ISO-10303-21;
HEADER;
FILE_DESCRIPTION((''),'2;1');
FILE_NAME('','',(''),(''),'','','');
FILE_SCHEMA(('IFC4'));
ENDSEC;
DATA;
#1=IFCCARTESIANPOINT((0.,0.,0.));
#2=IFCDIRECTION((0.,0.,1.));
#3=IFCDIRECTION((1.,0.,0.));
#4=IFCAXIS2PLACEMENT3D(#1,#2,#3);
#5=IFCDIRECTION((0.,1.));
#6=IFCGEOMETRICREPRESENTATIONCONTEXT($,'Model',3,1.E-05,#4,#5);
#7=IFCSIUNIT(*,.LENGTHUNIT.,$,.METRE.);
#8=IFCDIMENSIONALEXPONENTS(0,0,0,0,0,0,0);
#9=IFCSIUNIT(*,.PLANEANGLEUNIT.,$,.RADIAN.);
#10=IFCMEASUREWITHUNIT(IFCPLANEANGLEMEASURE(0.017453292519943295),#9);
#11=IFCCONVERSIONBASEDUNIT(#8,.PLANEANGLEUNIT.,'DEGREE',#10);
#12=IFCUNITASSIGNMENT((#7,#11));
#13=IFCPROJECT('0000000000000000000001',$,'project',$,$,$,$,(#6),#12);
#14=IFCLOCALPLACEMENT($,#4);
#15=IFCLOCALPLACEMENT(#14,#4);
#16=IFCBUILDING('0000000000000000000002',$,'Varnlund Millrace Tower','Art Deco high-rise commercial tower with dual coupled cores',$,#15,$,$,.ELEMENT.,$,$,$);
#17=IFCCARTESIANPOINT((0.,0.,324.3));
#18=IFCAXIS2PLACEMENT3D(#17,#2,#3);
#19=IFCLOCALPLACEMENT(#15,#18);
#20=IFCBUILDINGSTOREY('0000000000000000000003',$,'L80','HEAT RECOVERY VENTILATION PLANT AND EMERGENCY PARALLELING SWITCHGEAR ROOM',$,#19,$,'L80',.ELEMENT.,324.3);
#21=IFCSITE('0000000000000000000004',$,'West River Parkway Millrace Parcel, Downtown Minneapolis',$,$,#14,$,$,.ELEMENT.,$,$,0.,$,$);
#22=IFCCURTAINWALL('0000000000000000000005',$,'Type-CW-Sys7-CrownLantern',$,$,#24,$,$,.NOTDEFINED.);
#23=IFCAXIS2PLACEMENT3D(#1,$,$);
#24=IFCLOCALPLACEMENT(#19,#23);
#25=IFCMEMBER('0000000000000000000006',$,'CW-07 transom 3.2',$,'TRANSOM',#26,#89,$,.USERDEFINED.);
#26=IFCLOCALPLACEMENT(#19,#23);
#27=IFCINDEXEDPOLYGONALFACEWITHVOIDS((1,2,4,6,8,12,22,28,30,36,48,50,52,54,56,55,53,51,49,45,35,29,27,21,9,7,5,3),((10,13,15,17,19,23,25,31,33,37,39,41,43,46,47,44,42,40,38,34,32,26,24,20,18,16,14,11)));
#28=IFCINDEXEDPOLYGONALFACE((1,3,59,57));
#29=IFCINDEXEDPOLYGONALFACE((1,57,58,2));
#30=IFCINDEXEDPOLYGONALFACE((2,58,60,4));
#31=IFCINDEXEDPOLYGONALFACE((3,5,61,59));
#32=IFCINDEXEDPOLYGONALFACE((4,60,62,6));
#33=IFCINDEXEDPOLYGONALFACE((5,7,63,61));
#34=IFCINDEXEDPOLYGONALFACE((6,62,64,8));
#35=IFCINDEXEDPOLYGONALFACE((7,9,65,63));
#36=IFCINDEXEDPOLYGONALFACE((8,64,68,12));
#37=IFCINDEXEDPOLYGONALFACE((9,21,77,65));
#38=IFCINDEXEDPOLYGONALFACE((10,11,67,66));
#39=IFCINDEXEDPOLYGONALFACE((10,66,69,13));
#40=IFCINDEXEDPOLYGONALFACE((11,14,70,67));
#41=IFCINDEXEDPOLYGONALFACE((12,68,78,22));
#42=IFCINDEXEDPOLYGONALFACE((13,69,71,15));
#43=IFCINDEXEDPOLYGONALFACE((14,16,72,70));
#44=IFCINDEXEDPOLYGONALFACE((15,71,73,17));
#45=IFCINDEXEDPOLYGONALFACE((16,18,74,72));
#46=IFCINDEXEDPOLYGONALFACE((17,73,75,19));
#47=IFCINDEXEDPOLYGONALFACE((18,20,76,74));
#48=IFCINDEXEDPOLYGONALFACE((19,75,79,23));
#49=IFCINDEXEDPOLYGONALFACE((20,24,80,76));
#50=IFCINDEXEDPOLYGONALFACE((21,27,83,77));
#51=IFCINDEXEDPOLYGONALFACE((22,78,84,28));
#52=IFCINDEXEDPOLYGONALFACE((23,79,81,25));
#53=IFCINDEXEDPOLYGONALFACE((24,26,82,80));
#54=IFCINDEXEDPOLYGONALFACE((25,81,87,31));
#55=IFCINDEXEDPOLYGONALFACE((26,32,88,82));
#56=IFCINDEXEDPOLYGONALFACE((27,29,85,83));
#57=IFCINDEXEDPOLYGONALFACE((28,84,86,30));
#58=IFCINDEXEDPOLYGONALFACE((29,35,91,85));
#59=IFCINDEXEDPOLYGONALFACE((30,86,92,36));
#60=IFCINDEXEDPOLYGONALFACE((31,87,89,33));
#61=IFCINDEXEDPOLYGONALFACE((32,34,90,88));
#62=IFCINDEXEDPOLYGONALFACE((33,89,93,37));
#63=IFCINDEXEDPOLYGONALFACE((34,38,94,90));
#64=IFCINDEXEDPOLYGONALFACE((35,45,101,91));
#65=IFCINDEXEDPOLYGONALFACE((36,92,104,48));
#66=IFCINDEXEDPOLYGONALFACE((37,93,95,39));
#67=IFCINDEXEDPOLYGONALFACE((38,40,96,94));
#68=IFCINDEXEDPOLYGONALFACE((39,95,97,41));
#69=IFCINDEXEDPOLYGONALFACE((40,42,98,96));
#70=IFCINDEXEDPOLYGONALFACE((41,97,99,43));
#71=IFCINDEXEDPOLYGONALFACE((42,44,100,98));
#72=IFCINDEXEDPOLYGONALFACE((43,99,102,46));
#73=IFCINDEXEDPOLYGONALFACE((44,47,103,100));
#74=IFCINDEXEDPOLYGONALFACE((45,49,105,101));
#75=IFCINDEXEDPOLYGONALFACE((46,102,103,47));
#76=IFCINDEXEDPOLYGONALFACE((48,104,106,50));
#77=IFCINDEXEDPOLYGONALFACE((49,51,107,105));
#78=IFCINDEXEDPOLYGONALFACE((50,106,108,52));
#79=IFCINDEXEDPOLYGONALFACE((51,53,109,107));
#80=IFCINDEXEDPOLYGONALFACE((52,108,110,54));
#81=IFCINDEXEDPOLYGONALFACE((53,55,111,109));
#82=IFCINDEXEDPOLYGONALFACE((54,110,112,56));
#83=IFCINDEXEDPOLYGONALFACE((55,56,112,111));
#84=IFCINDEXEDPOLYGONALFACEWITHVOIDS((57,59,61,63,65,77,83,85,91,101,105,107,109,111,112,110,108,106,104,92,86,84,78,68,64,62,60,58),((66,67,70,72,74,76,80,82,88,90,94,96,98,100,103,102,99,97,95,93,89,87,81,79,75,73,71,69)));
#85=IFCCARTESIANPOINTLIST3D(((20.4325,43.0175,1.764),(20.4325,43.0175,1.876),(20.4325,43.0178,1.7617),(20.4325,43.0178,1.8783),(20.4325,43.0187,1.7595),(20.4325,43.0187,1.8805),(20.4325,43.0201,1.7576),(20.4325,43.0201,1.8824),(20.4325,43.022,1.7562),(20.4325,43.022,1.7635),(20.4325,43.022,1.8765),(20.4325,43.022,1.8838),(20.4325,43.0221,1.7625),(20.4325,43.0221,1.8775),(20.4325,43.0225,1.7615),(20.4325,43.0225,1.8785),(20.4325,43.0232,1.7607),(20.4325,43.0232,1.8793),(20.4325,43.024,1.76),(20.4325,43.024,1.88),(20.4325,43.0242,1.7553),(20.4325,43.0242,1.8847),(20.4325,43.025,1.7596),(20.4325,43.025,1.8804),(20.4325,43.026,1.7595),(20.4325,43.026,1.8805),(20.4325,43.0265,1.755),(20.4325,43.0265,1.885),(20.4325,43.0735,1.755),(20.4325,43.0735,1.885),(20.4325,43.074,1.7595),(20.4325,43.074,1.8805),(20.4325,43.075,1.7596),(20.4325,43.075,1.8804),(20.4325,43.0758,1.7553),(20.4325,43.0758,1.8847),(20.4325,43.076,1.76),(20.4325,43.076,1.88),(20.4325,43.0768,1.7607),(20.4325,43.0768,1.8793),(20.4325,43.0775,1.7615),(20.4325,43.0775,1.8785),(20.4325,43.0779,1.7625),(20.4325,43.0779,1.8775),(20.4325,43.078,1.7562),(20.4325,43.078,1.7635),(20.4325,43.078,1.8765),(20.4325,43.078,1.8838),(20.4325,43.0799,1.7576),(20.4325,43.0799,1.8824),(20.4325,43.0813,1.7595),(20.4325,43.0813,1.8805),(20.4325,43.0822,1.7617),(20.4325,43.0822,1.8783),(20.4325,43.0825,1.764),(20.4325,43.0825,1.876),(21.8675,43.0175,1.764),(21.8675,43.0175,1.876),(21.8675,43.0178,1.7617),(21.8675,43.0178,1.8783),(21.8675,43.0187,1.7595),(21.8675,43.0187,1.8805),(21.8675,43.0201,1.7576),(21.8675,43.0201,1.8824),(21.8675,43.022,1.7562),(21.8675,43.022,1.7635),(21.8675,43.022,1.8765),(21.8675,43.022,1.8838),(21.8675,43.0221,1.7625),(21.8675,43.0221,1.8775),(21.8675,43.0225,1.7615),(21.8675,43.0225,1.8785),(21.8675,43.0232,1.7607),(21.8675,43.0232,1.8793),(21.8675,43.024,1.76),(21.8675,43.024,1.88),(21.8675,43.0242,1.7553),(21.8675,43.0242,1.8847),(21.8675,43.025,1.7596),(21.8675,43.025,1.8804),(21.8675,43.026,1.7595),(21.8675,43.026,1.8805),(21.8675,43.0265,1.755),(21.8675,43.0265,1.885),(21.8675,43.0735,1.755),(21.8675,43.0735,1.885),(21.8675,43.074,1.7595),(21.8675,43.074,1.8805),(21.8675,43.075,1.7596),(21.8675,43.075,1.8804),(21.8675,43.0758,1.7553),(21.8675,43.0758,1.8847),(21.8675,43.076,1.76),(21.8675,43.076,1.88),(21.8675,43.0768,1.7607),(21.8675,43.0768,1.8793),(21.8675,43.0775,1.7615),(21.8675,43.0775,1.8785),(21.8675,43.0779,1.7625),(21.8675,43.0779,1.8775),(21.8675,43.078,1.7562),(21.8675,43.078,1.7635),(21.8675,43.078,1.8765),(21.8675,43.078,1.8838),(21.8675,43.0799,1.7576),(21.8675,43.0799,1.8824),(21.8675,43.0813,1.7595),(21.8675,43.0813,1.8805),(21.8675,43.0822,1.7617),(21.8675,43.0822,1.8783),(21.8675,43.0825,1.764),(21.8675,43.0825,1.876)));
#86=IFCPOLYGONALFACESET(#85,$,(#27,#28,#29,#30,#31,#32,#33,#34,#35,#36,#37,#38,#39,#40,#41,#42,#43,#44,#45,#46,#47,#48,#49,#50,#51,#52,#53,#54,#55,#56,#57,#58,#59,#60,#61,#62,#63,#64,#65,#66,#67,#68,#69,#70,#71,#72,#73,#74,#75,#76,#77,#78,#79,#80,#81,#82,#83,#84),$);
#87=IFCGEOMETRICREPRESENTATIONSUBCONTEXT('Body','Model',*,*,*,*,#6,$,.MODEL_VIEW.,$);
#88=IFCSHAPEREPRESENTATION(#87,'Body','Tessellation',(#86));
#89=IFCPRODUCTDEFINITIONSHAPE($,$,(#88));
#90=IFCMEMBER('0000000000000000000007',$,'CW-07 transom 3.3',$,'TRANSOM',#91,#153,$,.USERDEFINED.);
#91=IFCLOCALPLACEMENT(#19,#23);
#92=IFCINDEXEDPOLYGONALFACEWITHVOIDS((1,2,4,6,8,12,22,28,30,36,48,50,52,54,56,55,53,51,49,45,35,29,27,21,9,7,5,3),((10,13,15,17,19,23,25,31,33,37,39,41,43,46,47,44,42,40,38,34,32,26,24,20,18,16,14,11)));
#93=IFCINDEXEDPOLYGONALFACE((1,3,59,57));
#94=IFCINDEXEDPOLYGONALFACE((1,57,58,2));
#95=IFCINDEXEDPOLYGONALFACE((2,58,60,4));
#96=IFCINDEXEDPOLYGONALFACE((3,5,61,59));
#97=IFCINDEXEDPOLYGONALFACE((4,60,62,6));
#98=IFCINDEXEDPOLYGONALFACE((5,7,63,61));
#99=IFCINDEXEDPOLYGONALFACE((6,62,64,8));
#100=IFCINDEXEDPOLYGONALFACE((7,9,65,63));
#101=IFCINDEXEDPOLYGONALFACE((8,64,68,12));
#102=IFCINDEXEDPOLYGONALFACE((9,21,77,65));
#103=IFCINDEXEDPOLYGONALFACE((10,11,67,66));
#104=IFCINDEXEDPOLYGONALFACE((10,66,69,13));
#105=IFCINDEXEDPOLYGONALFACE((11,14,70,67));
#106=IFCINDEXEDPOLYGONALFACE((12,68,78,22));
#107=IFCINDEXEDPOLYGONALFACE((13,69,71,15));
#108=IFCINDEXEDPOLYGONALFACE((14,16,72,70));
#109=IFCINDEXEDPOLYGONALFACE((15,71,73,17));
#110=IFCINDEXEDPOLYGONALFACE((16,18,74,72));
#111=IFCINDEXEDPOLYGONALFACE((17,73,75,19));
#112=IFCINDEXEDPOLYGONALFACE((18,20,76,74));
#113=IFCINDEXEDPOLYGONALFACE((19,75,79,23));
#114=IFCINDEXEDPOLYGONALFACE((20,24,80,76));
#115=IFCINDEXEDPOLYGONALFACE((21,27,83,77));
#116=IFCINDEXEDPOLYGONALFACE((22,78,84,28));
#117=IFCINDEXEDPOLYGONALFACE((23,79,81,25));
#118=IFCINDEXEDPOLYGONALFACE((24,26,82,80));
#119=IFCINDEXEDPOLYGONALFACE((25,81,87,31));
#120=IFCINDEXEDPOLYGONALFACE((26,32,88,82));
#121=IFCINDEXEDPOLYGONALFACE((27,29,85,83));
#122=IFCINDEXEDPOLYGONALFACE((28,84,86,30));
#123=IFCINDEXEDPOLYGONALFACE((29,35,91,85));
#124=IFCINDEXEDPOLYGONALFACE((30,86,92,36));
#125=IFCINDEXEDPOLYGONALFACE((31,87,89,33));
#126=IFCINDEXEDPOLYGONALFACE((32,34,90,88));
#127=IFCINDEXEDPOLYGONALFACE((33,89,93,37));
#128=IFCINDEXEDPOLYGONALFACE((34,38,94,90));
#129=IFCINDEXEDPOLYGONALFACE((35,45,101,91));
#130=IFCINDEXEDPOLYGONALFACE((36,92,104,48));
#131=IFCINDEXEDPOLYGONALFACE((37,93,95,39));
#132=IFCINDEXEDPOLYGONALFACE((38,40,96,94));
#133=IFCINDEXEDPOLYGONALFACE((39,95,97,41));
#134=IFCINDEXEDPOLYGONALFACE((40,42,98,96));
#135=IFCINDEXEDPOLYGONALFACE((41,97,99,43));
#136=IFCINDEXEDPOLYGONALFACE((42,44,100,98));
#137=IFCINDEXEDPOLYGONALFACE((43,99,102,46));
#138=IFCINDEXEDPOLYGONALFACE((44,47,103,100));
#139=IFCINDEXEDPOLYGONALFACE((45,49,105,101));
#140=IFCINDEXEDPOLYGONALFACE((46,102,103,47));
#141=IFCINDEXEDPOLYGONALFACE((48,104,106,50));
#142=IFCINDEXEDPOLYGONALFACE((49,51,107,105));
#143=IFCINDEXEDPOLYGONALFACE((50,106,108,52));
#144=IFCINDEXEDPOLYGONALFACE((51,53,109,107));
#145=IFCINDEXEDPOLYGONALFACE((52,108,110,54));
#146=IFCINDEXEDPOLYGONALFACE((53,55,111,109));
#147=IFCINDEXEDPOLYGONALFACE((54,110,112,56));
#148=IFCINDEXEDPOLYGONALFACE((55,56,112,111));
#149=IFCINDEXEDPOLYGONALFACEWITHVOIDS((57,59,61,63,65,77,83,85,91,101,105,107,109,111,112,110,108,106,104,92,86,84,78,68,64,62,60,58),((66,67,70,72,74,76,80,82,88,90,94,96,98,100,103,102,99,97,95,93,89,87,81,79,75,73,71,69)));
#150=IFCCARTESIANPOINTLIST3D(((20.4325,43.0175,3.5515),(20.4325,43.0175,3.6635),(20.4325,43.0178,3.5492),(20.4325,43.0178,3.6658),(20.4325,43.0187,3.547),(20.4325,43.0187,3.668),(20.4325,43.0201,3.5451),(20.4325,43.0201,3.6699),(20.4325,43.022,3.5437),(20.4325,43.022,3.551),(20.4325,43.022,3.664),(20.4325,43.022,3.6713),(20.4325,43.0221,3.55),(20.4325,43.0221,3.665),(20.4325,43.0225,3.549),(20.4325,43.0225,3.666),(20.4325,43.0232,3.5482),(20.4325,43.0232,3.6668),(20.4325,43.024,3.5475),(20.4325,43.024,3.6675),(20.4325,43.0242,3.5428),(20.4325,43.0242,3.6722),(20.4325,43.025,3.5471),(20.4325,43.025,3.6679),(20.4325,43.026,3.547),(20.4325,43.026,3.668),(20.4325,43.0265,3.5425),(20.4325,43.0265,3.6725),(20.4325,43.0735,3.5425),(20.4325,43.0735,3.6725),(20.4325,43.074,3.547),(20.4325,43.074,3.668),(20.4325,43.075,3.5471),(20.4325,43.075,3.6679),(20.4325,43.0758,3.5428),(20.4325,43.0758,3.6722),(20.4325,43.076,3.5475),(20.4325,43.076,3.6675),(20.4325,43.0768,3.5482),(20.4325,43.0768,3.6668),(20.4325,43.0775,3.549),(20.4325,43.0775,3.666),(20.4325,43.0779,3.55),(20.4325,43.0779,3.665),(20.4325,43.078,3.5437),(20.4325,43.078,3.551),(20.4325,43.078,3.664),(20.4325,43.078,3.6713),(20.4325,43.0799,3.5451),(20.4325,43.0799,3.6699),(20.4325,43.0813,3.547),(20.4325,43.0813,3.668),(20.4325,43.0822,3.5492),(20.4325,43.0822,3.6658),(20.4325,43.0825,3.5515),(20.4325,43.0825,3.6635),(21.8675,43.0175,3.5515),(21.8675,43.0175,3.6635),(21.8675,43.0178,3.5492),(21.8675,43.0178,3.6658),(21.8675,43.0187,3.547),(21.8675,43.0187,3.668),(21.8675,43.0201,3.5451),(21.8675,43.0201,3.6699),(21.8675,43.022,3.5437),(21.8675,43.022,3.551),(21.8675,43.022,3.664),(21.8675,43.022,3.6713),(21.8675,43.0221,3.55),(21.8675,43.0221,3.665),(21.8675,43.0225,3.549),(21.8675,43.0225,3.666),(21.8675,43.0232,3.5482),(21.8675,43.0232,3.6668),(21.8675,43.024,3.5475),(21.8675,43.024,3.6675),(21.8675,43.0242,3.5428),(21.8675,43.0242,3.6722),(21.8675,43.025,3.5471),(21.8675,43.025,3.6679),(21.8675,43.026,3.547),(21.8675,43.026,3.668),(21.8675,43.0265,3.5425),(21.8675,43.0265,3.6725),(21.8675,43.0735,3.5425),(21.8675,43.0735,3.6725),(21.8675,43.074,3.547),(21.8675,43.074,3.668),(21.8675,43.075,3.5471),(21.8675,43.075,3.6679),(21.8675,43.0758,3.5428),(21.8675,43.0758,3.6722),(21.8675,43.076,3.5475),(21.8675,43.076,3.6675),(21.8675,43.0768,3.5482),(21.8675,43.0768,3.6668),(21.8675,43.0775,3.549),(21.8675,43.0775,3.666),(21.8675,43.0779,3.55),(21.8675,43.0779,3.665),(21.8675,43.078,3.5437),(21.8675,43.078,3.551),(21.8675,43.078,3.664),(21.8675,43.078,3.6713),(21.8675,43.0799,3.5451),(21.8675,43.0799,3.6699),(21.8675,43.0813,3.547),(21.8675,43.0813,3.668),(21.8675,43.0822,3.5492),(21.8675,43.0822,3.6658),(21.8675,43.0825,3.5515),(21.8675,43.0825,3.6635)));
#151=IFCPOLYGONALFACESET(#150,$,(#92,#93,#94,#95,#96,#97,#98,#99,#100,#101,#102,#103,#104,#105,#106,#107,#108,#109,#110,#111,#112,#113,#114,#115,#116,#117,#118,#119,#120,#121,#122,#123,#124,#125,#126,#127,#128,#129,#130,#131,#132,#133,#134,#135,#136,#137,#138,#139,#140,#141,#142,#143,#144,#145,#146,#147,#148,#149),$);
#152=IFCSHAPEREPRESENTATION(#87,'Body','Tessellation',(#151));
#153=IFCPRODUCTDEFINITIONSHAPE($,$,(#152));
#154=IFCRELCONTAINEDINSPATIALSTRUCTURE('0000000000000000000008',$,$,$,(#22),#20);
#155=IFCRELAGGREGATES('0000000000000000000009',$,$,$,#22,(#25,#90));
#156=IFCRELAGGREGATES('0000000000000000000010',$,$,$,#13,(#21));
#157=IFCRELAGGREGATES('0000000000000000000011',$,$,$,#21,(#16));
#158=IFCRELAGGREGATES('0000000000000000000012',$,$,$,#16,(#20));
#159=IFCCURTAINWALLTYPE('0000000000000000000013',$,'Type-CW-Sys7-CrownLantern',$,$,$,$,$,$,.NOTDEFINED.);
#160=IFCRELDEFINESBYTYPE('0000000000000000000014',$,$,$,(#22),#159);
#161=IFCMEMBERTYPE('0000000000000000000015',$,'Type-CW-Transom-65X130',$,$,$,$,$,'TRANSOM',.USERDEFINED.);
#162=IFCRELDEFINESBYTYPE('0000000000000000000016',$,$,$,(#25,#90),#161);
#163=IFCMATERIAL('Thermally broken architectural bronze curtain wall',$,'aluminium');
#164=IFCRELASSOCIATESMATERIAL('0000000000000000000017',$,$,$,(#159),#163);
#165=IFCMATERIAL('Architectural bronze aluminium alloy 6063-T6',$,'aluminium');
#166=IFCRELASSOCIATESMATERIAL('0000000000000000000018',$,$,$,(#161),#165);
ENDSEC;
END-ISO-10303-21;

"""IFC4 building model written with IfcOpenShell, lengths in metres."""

from ifc_helpers import new_model, entity, si_unit, converted_unit, direction, frame, origin_with_axes, origin_2d_with_axis, place, context, subcontext, project, spatial, hollow_rectangle, extrude, material, material_profile, profile_set, type_object, element, aggregate, save


model = new_model("IFC4")

# Units and contexts
model_context = context("Model", 3, precision=1e-05, world=origin_with_axes(), true_north=direction((0.0, 1.0)))
body_context = subcontext(model_context, "Body", "Model", "MODEL_VIEW")
ifc_project = project(units=[si_unit("LENGTHUNIT", "METRE"), converted_unit("PLANEANGLEUNIT", "DEGREE", entity("IfcPlaneAngleMeasure", 0.017453292519943295), si_unit("PLANEANGLEUNIT", "RADIAN"), dimensions=[0, 0, 0, 0, 0, 0, 0])], contexts=[model_context])

# Site, building, storey
site_placement = place(None, origin_with_axes())
site = spatial("IfcSite", under=ifc_project, at=site_placement, Name="West River Parkway Millrace Parcel, Downtown Minneapolis", CompositionType="ELEMENT", RefElevation=0.0)
building_placement = place(site_placement, origin_with_axes())
building = spatial("IfcBuilding", under=site, at=building_placement, Name="Varnlund Millrace Tower", Description="Art Deco high-rise commercial tower with dual coupled cores", CompositionType="ELEMENT")
storey_placement = place(building_placement, frame((0.0, 0.0, 324.3), z_axis=(0.0, 0.0, 1.0), x_axis=(1.0, 0.0, 0.0)))
storey = spatial("IfcBuildingStorey", under=building, at=storey_placement, Name="L80", Description="HEAT RECOVERY VENTILATION PLANT AND EMERGENCY PARALLELING SWITCHGEAR ROOM", LongName="L80", CompositionType="ELEMENT", Elevation=324.3)

# Curtain wall, members
ifc_material_1 = material(Name="Thermally broken architectural bronze curtain wall", Category="aluminium")
curtain_wall_type = type_object("IfcCurtainWallType", Name="Type-CW-Sys7-CrownLantern", PredefinedType="NOTDEFINED", material=ifc_material_1)
ifc_material_2 = material(Name="Architectural bronze aluminium alloy 6063-T6", Category="aluminium")
ifc_material_profile_1 = material_profile(ifc_material_2, hollow_rectangle(XDim=0.065, YDim=0.13, WallThickness=0.0045, InnerFilletRadius=0.004, OuterFilletRadius=0.009, at=origin_2d_with_axis()), Name="Architectural bronze aluminium alloy 6063-T6")
ifc_profile_set_1 = profile_set([ifc_material_profile_1], Name="Architectural bronze aluminium alloy 6063-T6")
member_type = type_object("IfcMemberType", Name="Type-CW-Transom-65X130", ElementType="TRANSOM", PredefinedType="USERDEFINED", material=ifc_profile_set_1)
curtain_wall_1_placement = place(storey_placement, frame((17.4, 43.05, 0.0), z_axis=(0.0, 0.0, 1.0), x_axis=(1.0, 0.0, 0.0)))
curtain_wall_1 = element("IfcCurtainWall", 1, at=curtain_wall_1_placement, inside=storey, type_object=curtain_wall_type, Name="Type-CW-Sys7-CrownLantern", PredefinedType="NOTDEFINED")
member_1_placement = place(storey_placement, frame((20.4325, 43.05, 1.82), z_axis=(1.0, 0.0, 0.0), x_axis=(0.0, 1.0, 0.0)))
member_1 = element("IfcMember", 2, at=member_1_placement, type_object=member_type, Name="CW-07 transom 3.2", ObjectType="TRANSOM", PredefinedType="USERDEFINED", context=body_context, shape_type="SweptSolid", body=[
    extrude(hollow_rectangle(XDim=0.065, YDim=0.13, WallThickness=0.0045, InnerFilletRadius=0.004, OuterFilletRadius=0.009, at=origin_2d_with_axis()), origin_with_axes(), (0.0, 0.0, 1.0), 1.435),
])
member_2_placement = place(storey_placement, frame((20.4325, 43.05, 3.6075), z_axis=(1.0, 0.0, 0.0), x_axis=(0.0, 1.0, 0.0)))
member_2 = element("IfcMember", 3, at=member_2_placement, type_object=member_type, Name="CW-07 transom 3.3", ObjectType="TRANSOM", PredefinedType="USERDEFINED", context=body_context, shape_type="SweptSolid", body=[
    extrude(hollow_rectangle(XDim=0.065, YDim=0.13, WallThickness=0.0045, InnerFilletRadius=0.004, OuterFilletRadius=0.009, at=origin_2d_with_axis()), origin_with_axes(), (0.0, 0.0, 1.0), 1.435),
])

aggregate(curtain_wall_1, [member_1, member_2])

save(model, "model.ifc")
